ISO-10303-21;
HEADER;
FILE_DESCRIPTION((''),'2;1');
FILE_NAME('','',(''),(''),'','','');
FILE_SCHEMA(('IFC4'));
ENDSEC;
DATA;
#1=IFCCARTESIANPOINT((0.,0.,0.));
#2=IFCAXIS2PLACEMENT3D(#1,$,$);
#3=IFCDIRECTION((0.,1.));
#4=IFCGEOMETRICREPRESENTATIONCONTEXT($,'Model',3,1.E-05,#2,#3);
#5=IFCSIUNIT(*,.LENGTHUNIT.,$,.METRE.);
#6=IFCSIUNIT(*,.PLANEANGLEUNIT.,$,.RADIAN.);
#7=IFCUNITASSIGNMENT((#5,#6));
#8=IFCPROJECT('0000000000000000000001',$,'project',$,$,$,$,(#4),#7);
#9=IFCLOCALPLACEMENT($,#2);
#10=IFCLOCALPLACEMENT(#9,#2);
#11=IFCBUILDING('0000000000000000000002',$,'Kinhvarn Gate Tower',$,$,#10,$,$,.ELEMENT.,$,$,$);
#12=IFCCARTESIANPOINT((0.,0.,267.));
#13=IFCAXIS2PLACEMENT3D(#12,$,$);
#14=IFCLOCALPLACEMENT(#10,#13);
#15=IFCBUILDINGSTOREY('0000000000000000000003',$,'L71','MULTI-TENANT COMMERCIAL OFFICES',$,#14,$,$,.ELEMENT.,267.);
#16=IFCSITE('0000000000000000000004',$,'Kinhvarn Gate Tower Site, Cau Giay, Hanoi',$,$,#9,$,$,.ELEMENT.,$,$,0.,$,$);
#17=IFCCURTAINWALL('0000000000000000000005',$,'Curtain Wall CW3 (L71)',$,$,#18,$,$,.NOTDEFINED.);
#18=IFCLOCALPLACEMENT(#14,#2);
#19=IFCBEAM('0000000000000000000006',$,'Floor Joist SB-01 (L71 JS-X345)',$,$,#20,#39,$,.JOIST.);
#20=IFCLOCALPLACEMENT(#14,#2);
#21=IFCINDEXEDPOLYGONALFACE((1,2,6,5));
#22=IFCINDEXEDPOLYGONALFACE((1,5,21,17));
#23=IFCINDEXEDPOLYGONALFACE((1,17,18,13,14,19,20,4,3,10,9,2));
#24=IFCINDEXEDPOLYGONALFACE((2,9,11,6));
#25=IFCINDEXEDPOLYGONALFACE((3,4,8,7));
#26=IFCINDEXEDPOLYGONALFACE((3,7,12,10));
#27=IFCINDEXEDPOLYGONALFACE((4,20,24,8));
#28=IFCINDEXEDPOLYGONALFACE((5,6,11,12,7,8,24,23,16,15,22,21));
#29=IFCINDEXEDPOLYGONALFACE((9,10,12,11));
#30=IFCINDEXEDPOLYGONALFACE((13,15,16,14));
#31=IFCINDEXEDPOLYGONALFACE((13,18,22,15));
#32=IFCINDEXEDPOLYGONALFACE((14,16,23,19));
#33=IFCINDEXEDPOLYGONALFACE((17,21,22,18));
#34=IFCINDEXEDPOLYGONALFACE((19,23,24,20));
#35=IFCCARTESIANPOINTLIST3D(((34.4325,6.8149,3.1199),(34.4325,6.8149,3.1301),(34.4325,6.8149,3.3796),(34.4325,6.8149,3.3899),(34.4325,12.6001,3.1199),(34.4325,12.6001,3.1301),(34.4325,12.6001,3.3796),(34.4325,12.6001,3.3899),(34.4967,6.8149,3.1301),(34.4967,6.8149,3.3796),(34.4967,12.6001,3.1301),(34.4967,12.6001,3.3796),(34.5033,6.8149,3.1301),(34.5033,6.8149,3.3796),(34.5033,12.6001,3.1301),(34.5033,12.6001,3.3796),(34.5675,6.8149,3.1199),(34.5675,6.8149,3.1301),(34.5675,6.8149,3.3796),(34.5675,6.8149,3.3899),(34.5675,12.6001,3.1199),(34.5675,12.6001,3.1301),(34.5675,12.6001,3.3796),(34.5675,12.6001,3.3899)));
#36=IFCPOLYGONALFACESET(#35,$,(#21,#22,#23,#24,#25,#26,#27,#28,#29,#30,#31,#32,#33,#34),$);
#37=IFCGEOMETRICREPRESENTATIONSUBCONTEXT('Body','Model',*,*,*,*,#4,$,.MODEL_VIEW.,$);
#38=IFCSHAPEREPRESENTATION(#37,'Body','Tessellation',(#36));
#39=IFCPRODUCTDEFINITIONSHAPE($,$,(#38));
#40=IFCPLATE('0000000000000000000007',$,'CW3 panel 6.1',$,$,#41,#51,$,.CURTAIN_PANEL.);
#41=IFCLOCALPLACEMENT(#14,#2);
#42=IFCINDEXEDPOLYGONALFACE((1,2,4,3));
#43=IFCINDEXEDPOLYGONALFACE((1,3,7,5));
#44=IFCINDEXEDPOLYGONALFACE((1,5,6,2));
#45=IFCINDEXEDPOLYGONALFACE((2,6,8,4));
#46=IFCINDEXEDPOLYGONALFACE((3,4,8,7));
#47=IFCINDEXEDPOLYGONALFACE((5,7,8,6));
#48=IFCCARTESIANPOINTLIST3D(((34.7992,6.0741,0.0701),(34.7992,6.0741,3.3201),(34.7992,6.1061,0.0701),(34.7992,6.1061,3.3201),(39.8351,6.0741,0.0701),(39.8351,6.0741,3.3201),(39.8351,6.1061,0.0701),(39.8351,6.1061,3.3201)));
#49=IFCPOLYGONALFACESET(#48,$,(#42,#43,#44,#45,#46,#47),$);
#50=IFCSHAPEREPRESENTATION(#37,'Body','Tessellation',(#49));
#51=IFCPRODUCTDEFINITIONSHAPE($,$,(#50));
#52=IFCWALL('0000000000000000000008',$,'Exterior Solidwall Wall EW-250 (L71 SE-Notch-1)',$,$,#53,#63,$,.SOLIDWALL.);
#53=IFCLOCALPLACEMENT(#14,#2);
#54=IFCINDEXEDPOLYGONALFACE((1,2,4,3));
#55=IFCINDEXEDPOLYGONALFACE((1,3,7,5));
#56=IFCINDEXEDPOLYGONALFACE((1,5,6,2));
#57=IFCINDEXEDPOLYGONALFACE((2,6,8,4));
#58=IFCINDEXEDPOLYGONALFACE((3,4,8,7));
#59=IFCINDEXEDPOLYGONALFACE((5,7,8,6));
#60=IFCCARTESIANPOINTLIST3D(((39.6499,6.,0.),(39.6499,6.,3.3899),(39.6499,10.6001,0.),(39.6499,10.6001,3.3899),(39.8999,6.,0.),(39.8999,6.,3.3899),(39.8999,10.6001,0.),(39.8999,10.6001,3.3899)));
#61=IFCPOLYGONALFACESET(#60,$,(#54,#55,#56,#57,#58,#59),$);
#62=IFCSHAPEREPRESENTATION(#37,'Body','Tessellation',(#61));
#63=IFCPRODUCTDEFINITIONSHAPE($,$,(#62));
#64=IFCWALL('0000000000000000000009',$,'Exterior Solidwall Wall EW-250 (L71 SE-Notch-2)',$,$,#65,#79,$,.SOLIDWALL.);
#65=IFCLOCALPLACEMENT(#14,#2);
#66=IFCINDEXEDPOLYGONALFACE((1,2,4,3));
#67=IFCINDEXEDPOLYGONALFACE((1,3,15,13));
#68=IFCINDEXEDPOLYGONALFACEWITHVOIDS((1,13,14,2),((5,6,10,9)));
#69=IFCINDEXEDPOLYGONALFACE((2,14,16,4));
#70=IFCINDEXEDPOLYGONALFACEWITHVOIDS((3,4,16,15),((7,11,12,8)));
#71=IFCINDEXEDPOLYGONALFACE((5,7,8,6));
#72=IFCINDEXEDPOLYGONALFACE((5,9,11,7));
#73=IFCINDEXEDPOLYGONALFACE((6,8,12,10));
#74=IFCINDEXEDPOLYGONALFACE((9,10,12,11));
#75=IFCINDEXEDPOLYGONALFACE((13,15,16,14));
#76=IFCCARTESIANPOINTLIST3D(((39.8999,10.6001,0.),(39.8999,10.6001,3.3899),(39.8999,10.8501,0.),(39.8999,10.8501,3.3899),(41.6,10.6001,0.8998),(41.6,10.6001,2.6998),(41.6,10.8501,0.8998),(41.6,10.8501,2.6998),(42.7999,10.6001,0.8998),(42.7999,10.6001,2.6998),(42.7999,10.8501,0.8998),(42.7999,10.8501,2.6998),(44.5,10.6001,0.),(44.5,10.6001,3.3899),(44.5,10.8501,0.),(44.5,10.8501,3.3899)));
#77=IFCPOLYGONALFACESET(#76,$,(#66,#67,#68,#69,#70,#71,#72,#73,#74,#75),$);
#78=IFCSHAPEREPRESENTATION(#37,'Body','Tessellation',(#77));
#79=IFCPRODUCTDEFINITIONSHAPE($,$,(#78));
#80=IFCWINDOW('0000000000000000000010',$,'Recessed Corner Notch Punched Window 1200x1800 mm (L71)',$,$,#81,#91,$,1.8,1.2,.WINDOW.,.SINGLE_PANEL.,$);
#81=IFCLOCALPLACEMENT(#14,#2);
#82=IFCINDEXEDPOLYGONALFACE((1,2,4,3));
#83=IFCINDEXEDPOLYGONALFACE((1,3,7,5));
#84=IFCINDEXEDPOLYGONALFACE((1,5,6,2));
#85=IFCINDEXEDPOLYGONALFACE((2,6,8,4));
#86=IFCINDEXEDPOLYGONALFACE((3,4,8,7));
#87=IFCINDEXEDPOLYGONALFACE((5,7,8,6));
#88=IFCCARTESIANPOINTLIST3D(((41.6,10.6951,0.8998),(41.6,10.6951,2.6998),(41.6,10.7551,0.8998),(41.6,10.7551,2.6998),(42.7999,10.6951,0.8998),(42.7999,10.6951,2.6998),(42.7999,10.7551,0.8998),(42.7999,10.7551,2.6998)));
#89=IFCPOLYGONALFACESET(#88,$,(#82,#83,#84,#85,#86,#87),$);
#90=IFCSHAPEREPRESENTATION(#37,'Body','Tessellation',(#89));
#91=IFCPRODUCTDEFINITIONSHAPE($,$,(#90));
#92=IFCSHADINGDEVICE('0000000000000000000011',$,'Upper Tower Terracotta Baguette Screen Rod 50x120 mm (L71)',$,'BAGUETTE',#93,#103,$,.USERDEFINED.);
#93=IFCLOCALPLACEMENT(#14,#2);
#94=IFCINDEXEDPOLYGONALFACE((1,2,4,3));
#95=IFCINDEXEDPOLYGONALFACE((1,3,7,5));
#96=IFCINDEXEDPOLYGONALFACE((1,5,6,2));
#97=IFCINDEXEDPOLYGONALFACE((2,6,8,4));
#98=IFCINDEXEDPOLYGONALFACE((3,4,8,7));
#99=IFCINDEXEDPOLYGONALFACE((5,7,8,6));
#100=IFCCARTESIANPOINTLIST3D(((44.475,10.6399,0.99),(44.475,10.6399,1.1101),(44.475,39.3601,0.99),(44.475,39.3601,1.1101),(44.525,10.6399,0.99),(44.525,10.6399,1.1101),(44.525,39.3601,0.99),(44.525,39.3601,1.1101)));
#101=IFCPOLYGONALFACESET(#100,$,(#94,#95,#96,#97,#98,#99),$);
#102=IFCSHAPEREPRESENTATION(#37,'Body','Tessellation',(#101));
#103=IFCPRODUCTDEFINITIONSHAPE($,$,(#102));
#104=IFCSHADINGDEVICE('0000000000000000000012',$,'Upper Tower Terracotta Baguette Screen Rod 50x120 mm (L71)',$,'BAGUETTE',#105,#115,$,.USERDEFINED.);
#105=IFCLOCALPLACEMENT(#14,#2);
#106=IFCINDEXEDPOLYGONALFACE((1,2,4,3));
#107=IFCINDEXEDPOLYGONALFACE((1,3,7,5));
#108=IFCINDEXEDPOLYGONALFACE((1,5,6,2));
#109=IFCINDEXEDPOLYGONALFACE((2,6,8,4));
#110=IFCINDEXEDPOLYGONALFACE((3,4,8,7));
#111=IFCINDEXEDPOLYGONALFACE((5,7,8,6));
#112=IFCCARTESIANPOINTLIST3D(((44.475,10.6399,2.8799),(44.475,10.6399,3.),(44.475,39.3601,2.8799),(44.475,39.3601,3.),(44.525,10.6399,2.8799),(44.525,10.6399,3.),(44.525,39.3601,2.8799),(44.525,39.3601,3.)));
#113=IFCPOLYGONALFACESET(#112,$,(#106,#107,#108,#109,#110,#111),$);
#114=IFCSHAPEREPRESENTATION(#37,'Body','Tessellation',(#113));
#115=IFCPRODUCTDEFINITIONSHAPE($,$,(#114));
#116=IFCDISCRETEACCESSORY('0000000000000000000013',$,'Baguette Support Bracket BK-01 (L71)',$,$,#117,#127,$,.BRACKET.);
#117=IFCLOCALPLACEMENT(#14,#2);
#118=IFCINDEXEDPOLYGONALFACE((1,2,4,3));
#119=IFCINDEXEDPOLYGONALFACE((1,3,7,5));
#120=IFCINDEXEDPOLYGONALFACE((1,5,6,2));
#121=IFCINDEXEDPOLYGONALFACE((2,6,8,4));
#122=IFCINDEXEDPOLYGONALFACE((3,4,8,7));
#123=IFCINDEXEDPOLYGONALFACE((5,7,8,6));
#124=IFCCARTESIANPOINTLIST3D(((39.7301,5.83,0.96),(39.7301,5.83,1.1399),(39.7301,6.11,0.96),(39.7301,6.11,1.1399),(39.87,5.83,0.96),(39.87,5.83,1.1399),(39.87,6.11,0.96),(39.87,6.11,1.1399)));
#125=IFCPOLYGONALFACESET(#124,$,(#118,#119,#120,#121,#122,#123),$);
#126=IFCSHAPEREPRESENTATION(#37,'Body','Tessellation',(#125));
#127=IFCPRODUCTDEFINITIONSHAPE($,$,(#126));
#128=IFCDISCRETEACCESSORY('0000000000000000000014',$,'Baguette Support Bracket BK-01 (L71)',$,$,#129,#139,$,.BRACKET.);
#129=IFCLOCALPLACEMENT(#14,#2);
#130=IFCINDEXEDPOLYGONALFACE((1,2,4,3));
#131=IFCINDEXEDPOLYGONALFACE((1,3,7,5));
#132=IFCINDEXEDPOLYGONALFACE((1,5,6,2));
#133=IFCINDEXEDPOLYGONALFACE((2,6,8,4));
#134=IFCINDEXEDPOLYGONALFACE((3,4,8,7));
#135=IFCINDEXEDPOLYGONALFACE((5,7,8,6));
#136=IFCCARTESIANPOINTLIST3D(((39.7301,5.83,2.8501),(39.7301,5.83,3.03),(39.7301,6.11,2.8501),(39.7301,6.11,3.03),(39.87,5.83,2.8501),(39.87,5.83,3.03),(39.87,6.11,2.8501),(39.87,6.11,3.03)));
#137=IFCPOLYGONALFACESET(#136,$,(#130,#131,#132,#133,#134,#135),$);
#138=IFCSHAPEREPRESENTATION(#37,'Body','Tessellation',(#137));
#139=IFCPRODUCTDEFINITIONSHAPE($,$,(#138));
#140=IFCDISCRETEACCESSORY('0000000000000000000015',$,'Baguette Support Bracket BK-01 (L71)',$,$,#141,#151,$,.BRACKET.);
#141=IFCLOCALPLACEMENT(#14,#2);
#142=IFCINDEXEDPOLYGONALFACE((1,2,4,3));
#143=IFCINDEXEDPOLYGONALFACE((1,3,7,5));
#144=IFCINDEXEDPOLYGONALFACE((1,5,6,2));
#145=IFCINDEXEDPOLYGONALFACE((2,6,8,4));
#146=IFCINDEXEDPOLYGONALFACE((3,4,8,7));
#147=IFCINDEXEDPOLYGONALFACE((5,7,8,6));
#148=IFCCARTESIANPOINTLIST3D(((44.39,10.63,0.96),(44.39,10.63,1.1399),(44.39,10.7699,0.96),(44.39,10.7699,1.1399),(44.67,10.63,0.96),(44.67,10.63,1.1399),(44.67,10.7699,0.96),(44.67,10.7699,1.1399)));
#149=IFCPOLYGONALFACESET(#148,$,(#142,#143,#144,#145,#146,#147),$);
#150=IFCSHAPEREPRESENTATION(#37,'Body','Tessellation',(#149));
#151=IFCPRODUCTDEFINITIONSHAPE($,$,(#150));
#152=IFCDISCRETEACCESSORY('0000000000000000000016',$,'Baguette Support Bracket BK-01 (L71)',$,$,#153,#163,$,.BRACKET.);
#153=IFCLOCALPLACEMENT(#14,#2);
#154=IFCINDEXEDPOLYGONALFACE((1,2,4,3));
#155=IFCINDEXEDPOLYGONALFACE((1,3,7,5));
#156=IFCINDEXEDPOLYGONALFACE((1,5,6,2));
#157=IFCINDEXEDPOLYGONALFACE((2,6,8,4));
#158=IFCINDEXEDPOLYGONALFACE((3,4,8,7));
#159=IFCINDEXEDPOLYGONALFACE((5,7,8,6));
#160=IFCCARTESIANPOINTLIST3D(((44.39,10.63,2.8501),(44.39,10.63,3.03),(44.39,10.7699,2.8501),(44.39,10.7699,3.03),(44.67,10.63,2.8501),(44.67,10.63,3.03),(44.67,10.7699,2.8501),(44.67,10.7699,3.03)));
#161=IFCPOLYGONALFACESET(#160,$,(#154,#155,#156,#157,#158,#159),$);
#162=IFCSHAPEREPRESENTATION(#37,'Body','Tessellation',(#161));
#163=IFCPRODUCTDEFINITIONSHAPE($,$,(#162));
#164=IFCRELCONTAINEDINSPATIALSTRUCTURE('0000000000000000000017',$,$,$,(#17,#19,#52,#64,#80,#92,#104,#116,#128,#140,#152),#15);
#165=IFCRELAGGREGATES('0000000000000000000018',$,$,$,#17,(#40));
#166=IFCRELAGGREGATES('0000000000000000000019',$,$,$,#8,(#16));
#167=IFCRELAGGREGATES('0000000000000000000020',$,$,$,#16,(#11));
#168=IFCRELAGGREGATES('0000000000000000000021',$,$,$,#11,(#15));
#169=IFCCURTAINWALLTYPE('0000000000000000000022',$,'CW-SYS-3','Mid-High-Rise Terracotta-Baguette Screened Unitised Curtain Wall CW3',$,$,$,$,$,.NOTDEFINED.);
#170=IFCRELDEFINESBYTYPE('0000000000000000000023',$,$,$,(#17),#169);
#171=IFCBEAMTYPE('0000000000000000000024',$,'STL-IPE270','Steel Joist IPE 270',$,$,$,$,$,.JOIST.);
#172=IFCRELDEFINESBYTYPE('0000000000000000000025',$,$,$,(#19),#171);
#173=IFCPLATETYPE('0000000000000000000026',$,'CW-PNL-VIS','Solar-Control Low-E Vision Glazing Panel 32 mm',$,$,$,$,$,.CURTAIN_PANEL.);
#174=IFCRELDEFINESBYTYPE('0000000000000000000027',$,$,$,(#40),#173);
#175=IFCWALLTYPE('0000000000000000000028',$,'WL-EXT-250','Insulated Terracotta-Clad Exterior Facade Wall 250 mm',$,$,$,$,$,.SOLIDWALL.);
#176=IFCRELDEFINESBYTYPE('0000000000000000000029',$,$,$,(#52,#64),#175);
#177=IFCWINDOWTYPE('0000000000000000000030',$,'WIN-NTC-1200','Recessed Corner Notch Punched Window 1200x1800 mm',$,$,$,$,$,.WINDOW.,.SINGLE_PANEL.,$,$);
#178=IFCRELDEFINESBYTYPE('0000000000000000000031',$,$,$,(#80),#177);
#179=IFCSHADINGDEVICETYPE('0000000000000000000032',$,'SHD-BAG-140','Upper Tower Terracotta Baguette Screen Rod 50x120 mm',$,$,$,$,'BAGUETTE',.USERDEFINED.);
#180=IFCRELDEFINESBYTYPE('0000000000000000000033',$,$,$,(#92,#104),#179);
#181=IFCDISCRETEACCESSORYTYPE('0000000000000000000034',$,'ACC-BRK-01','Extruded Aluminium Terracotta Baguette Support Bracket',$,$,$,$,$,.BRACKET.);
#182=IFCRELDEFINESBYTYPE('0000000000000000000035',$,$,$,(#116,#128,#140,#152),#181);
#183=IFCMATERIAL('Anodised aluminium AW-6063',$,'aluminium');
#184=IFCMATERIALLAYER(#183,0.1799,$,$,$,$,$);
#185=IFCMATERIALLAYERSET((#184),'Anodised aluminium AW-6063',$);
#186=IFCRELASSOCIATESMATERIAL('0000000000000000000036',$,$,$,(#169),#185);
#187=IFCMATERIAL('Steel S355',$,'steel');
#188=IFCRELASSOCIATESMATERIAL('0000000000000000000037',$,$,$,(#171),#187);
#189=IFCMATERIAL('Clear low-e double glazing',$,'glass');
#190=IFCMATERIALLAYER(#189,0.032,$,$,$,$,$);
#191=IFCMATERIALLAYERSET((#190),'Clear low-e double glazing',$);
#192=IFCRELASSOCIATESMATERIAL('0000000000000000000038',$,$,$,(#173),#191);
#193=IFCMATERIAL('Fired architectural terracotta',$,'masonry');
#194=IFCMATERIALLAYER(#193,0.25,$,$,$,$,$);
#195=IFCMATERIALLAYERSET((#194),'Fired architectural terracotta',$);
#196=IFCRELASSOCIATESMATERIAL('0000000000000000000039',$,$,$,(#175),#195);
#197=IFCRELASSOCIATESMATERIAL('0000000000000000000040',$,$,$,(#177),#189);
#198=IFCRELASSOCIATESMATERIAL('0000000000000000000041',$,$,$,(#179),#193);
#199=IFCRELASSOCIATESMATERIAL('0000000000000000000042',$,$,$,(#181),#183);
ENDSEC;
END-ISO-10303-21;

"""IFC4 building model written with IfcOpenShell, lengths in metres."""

from ifc_helpers import new_model, si_unit, direction, frame, frame_2d, origin, origin_2d, place, context, subcontext, project, spatial, rectangle, i_section, extrude, material, layer, layer_set, material_profile, profile_set, type_object, element, fill, aggregate, save


model = new_model("IFC4")

# Units and contexts
model_context = context("Model", 3, precision=1e-05, world=origin(), true_north=direction((0.0, 1.0)))
body_context = subcontext(model_context, "Body", "Model", "MODEL_VIEW")
ifc_project = project(units=[si_unit("LENGTHUNIT", "METRE"), si_unit("PLANEANGLEUNIT", "RADIAN")], contexts=[model_context])

# Site, building, storey
site_placement = place(None, origin())
site = spatial("IfcSite", under=ifc_project, at=site_placement, Name="Kinhvarn Gate Tower Site, Cau Giay, Hanoi", CompositionType="ELEMENT", RefElevation=0.0)
building_placement = place(site_placement, origin())
building = spatial("IfcBuilding", under=site, at=building_placement, Name="Kinhvarn Gate Tower", CompositionType="ELEMENT")
storey_placement = place(building_placement, frame((0.0, 0.0, 267.0)))
storey = spatial("IfcBuildingStorey", under=building, at=storey_placement, Name="L71", Description="MULTI-TENANT COMMERCIAL OFFICES", CompositionType="ELEMENT", Elevation=267.0)

# Curtain wall
ifc_material_1 = material(Name="Anodised aluminium AW-6063", Category="aluminium")
ifc_layer_1 = layer(ifc_material_1, 0.1799)
ifc_layer_set_1 = layer_set([ifc_layer_1], Name="Anodised aluminium AW-6063")
curtain_wall_type = type_object("IfcCurtainWallType", Name="CW-SYS-3", Description="Mid-High-Rise Terracotta-Baguette Screened Unitised Curtain Wall CW3", PredefinedType="NOTDEFINED", material=ifc_layer_set_1)
curtain_wall_1_placement = place(storey_placement, origin())
curtain_wall_1 = element("IfcCurtainWall", 1, at=curtain_wall_1_placement, inside=storey, type_object=curtain_wall_type, Name="Curtain Wall CW3 (L71)", PredefinedType="NOTDEFINED")

# Beam
ifc_material_2 = material(Name="Steel S355", Category="steel")
ifc_material_profile_1 = material_profile(ifc_material_2, i_section(OverallWidth=0.135, OverallDepth=0.27, WebThickness=0.0066, FlangeThickness=0.0103, at=origin_2d()), Name="IPE 270")
ifc_profile_set_1 = profile_set([ifc_material_profile_1], Name="Steel S355")
beam_type_1 = type_object("IfcBeamType", Name="STL-IPE270", Description="Steel Joist IPE 270", PredefinedType="JOIST", material=ifc_profile_set_1)
beam_1_placement = place(storey_placement, frame((34.5, 6.8149, 3.2549), z_axis=(0.0, 1.0, 0.0), x_axis=(-1.0, 0.0, 0.0)))
element("IfcBeam", 2, at=beam_1_placement, inside=storey, type_object=beam_type_1, Name="Floor Joist SB-01 (L71 JS-X345)", PredefinedType="JOIST", context=body_context, shape_type="SweptSolid", body=[
    extrude(i_section(OverallWidth=0.135, OverallDepth=0.27, WebThickness=0.0066, FlangeThickness=0.0103, at=origin_2d()), origin(), (0.0, 0.0, 1.0), 5.7852),
])

# Plate
ifc_material_3 = material(Name="Clear low-e double glazing", Category="glass")
ifc_layer_2 = layer(ifc_material_3, 0.032)
ifc_layer_set_2 = layer_set([ifc_layer_2], Name="Clear low-e double glazing")
plate_type = type_object("IfcPlateType", Name="CW-PNL-VIS", Description="Solar-Control Low-E Vision Glazing Panel 32 mm", PredefinedType="CURTAIN_PANEL", material=ifc_layer_set_2)
plate_placement = place(storey_placement, frame((37.3171, 6.0901, 0.0701), z_axis=(0.0, 0.0, 1.0), x_axis=(1.0, 0.0, 0.0)))
plate = element("IfcPlate", 3, at=plate_placement, type_object=plate_type, Name="CW3 panel 6.1", PredefinedType="CURTAIN_PANEL", context=body_context, shape_type="SweptSolid", body=[
    extrude(rectangle(XDim=5.0359, YDim=0.032, at=origin_2d()), origin(), (0.0, 0.0, 1.0), 3.25),
])
aggregate(curtain_wall_1, [plate])

# Wall
ifc_material_4 = material(Name="Fired architectural terracotta", Category="masonry")
ifc_layer_3 = layer(ifc_material_4, 0.25)
ifc_layer_set_3 = layer_set([ifc_layer_3], Name="Fired architectural terracotta")
wall_type = type_object("IfcWallType", Name="WL-EXT-250", Description="Insulated Terracotta-Clad Exterior Facade Wall 250 mm", PredefinedType="SOLIDWALL", material=ifc_layer_set_3)
wall_1_placement = place(storey_placement, frame((39.7749, 6.0, 0.0), z_axis=(0.0, 0.0, 1.0), x_axis=(0.0, 1.0, 0.0)))
element("IfcWall", 4, at=wall_1_placement, inside=storey, type_object=wall_type, Name="Exterior Solidwall Wall EW-250 (L71 SE-Notch-1)", PredefinedType="SOLIDWALL", context=body_context, shape_type="SweptSolid", body=[
    extrude(rectangle(XDim=4.6001, YDim=0.25, at=frame_2d((2.3, 0.0))), origin(), (0.0, 0.0, 1.0), 3.3899),
])

# Wall, opening, window
wall_2_placement = place(storey_placement, frame((39.8999, 10.7251, 0.0), z_axis=(0.0, 0.0, 1.0), x_axis=(1.0, 0.0, 0.0)))
wall_2 = element("IfcWall", 5, at=wall_2_placement, inside=storey, type_object=wall_type, Name="Exterior Solidwall Wall EW-250 (L71 SE-Notch-2)", PredefinedType="SOLIDWALL", context=body_context, shape_type="SweptSolid", body=[
    extrude(rectangle(XDim=4.6001, YDim=0.25, at=frame_2d((2.3, 0.0))), origin(), (0.0, 0.0, 1.0), 3.3899),
])
opening_placement = place(wall_2_placement, frame((1.7, 0.0, 0.8999)))
opening = element("IfcOpeningElement", 6, at=opening_placement, cuts=wall_2, PredefinedType="OPENING", context=body_context, shape_type="SweptSolid", body=[
    extrude(rectangle(XDim=1.2, YDim=1.8, at=frame_2d((0.6001, 0.8999))), frame((0.0, 0.135, 0.0), z_axis=(0.0, -1.0, 0.0), x_axis=(1.0, 0.0, 0.0)), (0.0, 0.0, 1.0), 0.27),
])
window_type = type_object("IfcWindowType", Name="WIN-NTC-1200", Description="Recessed Corner Notch Punched Window 1200x1800 mm", PartitioningType="SINGLE_PANEL", PredefinedType="WINDOW", material=ifc_material_3)
window_placement = place(opening_placement, origin())
window = element("IfcWindow", 7, at=window_placement, inside=storey, type_object=window_type, Name="Recessed Corner Notch Punched Window 1200x1800 mm (L71)", OverallHeight=1.8, OverallWidth=1.2, PartitioningType="SINGLE_PANEL", PredefinedType="WINDOW", context=body_context, shape_type="SweptSolid", body=[
    extrude(rectangle(XDim=1.2, YDim=1.8, at=frame_2d((0.6001, 0.8999))), frame((0.0, 0.03, 0.0), z_axis=(0.0, -1.0, 0.0), x_axis=(1.0, 0.0, 0.0)), (0.0, 0.0, 1.0), 0.0601),
])
fill(opening, window)

# Shading devices
ifc_material_profile_2 = material_profile(ifc_material_4, rectangle(XDim=0.05, YDim=0.1201, at=origin_2d()), Name="TC 50x120")
ifc_profile_set_2 = profile_set([ifc_material_profile_2], Name="Fired architectural terracotta")
shading_device_type = type_object("IfcShadingDeviceType", Name="SHD-BAG-140", Description="Upper Tower Terracotta Baguette Screen Rod 50x120 mm", ElementType="BAGUETTE", PredefinedType="USERDEFINED", material=ifc_profile_set_2)
for number, where, z_axis, x_axis, name in (
    (8, (44.5, 10.6399, 1.05), (0.0, 1.0, 0.0), (-1.0, 0.0, 0.0), "Upper Tower Terracotta Baguette Screen Rod 50x120 mm (L71)"),
    (9, (44.5, 10.6399, 2.9399), (0.0, 1.0, 0.0), (-1.0, 0.0, 0.0), "Upper Tower Terracotta Baguette Screen Rod 50x120 mm (L71)"),
):
    element("IfcShadingDevice", number, at=place(storey_placement, frame(where, z_axis=z_axis, x_axis=x_axis)), inside=storey, type_object=shading_device_type, Name=name, ObjectType="BAGUETTE", PredefinedType="USERDEFINED", context=body_context, shape_type="SweptSolid", body=[
        extrude(rectangle(XDim=0.05, YDim=0.1201, at=origin_2d()), origin(), (0.0, 0.0, 1.0), 28.7202),
    ])

# Discrete accessories
discrete_accessory_type = type_object("IfcDiscreteAccessoryType", Name="ACC-BRK-01", Description="Extruded Aluminium Terracotta Baguette Support Bracket", PredefinedType="BRACKET", material=ifc_material_1)
for number, where, z_axis, x_axis, name in (
    (10, (39.8, 5.97, 0.96), (0.0, 0.0, 1.0), (1.0, 0.0, 0.0), "Baguette Support Bracket BK-01 (L71)"),
    (11, (39.8, 5.97, 2.8501), (0.0, 0.0, 1.0), (1.0, 0.0, 0.0), "Baguette Support Bracket BK-01 (L71)"),
    (12, (44.53, 10.7, 0.96), (0.0, 0.0, 1.0), (0.0, 1.0, 0.0), "Baguette Support Bracket BK-01 (L71)"),
    (13, (44.53, 10.7, 2.8501), (0.0, 0.0, 1.0), (0.0, 1.0, 0.0), "Baguette Support Bracket BK-01 (L71)"),
):
    element("IfcDiscreteAccessory", number, at=place(storey_placement, frame(where, z_axis=z_axis, x_axis=x_axis)), inside=storey, type_object=discrete_accessory_type, Name=name, PredefinedType="BRACKET", context=body_context, shape_type="SweptSolid", body=[
        extrude(rectangle(XDim=0.1399, YDim=0.28, at=origin_2d()), origin(), (0.0, 0.0, 1.0), 0.1799),
    ])

save(model, "model.ifc")
